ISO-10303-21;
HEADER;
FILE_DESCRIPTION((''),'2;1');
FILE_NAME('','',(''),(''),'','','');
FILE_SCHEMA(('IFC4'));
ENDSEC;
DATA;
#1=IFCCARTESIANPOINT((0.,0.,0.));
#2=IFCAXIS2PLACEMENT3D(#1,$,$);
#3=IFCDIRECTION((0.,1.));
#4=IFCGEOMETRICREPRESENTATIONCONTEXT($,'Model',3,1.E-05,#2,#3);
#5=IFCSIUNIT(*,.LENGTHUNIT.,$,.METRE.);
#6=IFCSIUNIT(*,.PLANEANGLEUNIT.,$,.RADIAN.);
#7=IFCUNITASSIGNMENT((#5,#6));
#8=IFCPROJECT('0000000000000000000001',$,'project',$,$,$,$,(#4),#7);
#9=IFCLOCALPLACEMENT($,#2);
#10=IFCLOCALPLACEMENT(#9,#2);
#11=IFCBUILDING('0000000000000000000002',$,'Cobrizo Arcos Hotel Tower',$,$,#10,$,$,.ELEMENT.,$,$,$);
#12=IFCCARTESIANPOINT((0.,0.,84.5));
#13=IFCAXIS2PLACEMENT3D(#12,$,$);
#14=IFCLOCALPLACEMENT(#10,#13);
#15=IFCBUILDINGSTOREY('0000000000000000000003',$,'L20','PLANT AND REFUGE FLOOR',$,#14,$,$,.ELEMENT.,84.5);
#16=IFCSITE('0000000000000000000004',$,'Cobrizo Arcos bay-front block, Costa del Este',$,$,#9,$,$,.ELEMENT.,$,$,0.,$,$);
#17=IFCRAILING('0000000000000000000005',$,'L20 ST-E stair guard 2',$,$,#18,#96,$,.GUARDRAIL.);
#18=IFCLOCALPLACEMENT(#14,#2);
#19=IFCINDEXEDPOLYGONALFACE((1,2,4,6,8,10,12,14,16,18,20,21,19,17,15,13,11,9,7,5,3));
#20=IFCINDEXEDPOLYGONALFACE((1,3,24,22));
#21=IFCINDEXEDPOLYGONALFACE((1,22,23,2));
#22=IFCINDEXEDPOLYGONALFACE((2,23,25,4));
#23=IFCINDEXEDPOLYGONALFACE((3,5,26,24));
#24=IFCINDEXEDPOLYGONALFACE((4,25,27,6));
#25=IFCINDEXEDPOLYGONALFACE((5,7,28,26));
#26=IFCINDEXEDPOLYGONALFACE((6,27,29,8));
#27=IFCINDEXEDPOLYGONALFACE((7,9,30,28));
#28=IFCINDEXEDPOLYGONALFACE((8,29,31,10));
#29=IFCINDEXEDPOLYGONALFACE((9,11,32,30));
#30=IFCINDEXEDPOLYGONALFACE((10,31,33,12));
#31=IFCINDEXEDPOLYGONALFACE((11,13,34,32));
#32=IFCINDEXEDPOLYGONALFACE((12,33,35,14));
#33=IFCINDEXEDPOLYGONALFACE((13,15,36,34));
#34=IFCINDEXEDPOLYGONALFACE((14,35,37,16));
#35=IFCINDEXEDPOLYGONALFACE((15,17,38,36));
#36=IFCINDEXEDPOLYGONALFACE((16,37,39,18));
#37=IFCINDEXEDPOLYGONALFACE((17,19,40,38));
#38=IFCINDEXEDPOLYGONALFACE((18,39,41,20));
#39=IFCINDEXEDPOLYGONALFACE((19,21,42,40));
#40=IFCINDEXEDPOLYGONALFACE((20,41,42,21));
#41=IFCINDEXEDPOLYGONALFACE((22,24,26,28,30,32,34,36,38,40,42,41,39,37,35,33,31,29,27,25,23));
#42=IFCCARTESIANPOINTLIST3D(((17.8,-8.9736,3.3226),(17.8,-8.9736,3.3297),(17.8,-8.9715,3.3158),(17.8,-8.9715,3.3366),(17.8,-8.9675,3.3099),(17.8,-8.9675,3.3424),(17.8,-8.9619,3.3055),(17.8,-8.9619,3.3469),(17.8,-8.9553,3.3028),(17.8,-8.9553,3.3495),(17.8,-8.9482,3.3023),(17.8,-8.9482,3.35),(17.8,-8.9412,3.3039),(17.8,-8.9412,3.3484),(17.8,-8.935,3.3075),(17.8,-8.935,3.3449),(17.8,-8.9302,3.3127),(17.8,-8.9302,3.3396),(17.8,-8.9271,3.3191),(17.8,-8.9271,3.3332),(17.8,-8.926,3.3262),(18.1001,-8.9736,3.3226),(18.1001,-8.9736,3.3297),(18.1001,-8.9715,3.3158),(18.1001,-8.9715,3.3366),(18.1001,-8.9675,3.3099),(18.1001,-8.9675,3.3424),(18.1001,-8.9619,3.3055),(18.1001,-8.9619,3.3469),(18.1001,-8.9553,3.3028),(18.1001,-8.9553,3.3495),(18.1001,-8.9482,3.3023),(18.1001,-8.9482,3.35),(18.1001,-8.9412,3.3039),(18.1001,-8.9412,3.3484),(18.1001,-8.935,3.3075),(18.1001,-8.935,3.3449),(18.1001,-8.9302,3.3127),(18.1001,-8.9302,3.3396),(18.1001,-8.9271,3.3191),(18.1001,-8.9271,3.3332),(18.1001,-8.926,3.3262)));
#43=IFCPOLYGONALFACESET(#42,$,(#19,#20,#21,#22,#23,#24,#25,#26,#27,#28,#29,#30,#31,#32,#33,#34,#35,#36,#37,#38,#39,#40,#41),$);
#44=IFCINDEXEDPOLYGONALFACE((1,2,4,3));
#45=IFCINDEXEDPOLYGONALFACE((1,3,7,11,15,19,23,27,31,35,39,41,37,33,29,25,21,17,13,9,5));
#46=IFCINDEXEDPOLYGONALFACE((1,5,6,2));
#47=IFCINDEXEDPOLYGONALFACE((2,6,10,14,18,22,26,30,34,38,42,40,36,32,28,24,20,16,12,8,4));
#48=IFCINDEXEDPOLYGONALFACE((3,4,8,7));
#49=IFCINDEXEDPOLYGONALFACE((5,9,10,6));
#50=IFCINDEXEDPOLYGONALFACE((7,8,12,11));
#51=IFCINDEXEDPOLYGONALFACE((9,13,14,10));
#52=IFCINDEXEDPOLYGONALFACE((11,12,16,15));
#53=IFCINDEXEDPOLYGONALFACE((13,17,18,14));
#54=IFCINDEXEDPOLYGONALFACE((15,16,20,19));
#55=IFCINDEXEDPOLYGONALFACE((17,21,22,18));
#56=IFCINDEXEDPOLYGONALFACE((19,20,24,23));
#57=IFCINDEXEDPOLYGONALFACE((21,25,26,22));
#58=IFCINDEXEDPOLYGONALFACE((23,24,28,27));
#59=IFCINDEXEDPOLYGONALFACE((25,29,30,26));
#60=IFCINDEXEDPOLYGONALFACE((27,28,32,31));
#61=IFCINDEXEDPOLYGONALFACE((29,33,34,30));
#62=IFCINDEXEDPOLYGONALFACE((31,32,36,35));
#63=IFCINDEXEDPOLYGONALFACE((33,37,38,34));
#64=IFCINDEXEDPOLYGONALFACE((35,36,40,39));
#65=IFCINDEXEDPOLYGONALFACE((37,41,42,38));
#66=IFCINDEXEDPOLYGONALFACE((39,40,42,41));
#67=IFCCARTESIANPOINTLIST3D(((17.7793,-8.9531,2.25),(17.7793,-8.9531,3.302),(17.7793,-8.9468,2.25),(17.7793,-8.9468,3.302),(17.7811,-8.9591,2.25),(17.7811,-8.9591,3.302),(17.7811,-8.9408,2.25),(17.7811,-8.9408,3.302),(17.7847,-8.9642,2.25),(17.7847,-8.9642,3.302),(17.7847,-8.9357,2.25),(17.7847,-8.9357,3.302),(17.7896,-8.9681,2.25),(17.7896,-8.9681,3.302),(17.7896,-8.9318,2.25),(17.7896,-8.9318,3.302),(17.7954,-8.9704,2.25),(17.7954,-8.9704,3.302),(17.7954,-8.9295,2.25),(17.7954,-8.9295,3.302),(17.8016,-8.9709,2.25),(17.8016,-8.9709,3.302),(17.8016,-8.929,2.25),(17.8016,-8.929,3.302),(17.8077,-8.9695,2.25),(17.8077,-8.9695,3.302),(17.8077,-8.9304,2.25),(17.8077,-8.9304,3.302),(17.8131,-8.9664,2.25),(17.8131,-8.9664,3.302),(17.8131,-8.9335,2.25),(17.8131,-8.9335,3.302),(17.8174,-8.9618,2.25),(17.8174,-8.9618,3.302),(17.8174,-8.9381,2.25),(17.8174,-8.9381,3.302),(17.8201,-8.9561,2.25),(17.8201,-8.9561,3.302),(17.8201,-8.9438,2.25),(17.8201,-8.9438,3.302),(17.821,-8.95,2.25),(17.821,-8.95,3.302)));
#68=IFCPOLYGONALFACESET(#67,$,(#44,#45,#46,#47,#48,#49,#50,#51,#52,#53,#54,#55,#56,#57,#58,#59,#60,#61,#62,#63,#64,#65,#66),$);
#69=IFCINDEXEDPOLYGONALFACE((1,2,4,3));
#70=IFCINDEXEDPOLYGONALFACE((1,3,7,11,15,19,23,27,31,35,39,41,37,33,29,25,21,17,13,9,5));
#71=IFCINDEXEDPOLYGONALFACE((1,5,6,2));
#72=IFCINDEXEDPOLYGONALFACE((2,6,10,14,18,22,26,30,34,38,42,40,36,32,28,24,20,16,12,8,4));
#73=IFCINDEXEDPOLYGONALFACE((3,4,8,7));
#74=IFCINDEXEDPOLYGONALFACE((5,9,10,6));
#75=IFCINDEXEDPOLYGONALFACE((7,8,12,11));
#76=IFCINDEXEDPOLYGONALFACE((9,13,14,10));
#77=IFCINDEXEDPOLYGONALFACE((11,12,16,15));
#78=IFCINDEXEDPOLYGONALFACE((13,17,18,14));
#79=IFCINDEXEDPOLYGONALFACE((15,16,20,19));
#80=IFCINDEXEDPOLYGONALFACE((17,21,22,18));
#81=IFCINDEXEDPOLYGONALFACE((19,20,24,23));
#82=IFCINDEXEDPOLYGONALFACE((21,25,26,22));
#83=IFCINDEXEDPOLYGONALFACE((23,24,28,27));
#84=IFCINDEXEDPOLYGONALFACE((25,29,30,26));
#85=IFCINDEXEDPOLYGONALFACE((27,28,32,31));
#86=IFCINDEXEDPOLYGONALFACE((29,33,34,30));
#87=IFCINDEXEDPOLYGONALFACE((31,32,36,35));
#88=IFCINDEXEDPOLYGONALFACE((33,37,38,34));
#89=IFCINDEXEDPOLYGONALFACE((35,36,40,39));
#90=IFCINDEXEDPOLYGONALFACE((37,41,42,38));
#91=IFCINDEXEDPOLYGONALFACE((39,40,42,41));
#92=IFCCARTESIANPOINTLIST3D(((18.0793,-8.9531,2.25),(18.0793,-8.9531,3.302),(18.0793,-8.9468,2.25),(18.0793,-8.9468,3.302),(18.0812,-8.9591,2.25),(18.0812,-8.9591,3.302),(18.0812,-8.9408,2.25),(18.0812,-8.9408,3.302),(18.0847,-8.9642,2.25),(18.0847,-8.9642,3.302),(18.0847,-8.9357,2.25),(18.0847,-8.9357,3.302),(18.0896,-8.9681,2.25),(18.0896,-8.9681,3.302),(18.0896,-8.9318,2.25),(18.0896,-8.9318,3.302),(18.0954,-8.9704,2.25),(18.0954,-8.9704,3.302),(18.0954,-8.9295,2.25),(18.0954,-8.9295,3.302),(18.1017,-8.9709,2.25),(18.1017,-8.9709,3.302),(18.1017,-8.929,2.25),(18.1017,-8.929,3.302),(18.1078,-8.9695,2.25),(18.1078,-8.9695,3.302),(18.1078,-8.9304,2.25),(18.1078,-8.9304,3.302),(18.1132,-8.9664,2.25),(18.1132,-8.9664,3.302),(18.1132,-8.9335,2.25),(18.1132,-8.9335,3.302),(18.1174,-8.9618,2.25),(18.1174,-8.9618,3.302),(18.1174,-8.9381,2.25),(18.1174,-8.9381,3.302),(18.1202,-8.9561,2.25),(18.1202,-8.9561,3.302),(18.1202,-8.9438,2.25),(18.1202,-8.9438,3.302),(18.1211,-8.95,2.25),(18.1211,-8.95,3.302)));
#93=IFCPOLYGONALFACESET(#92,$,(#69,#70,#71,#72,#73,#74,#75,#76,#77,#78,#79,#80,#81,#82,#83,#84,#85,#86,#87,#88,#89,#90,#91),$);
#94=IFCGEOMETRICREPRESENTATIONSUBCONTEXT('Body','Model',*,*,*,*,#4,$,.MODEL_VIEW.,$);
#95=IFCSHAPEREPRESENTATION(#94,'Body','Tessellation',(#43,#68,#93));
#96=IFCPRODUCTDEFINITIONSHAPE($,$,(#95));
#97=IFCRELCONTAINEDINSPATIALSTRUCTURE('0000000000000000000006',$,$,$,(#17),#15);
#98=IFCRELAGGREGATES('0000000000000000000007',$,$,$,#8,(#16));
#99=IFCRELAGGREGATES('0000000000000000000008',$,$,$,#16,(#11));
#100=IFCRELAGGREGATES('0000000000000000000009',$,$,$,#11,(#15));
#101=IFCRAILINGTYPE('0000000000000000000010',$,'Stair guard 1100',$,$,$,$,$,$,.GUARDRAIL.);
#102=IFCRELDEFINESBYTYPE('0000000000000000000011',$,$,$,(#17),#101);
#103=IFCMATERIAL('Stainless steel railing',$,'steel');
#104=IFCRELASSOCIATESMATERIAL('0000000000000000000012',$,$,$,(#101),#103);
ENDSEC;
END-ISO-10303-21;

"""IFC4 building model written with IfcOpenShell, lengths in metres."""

from ifc_helpers import new_model, si_unit, direction, frame, origin, origin_2d, place, context, subcontext, project, spatial, circle, extrude, material, type_object, element, save


model = new_model("IFC4")

# Units and contexts
model_context = context("Model", 3, precision=1e-05, world=origin(), true_north=direction((0.0, 1.0)))
body_context = subcontext(model_context, "Body", "Model", "MODEL_VIEW")
ifc_project = project(units=[si_unit("LENGTHUNIT", "METRE"), si_unit("PLANEANGLEUNIT", "RADIAN")], contexts=[model_context])

# Site, building, storey
site_placement = place(None, origin())
site = spatial("IfcSite", under=ifc_project, at=site_placement, Name="Cobrizo Arcos bay-front block, Costa del Este", CompositionType="ELEMENT", RefElevation=0.0)
building_placement = place(site_placement, origin())
building = spatial("IfcBuilding", under=site, at=building_placement, Name="Cobrizo Arcos Hotel Tower", CompositionType="ELEMENT")
storey_placement = place(building_placement, frame((0.0, 0.0, 84.5)))
storey = spatial("IfcBuildingStorey", under=building, at=storey_placement, Name="L20", Description="PLANT AND REFUGE FLOOR", CompositionType="ELEMENT", Elevation=84.5)

# Railing
ifc_material_1 = material(Name="Stainless steel railing", Category="steel")
railing_type_1 = type_object("IfcRailingType", Name="Stair guard 1100", PredefinedType="GUARDRAIL", material=ifc_material_1)
railing_1_placement = place(storey_placement, frame((17.8, -8.95, 2.25)))
element("IfcRailing", 1, at=railing_1_placement, inside=storey, type_object=railing_type_1, Name="L20 ST-E stair guard 2", PredefinedType="GUARDRAIL", context=body_context, shape_type="SweptSolid", body=[
    extrude(circle(Radius=0.0239, at=origin_2d()), frame((0.0, 0.0, 1.0762), z_axis=(1.0, 0.0, 0.0), x_axis=(0.0, 1.0, 0.0)), (0.0, 0.0, 1.0), 0.3),
    extrude(circle(Radius=0.021, at=origin_2d()), origin(), (0.0, 0.0, 1.0), 1.052),
    extrude(circle(Radius=0.021, at=origin_2d()), frame((0.3, 0.0, 0.0)), (0.0, 0.0, 1.0), 1.052),
])

save(model, "model.ifc")
